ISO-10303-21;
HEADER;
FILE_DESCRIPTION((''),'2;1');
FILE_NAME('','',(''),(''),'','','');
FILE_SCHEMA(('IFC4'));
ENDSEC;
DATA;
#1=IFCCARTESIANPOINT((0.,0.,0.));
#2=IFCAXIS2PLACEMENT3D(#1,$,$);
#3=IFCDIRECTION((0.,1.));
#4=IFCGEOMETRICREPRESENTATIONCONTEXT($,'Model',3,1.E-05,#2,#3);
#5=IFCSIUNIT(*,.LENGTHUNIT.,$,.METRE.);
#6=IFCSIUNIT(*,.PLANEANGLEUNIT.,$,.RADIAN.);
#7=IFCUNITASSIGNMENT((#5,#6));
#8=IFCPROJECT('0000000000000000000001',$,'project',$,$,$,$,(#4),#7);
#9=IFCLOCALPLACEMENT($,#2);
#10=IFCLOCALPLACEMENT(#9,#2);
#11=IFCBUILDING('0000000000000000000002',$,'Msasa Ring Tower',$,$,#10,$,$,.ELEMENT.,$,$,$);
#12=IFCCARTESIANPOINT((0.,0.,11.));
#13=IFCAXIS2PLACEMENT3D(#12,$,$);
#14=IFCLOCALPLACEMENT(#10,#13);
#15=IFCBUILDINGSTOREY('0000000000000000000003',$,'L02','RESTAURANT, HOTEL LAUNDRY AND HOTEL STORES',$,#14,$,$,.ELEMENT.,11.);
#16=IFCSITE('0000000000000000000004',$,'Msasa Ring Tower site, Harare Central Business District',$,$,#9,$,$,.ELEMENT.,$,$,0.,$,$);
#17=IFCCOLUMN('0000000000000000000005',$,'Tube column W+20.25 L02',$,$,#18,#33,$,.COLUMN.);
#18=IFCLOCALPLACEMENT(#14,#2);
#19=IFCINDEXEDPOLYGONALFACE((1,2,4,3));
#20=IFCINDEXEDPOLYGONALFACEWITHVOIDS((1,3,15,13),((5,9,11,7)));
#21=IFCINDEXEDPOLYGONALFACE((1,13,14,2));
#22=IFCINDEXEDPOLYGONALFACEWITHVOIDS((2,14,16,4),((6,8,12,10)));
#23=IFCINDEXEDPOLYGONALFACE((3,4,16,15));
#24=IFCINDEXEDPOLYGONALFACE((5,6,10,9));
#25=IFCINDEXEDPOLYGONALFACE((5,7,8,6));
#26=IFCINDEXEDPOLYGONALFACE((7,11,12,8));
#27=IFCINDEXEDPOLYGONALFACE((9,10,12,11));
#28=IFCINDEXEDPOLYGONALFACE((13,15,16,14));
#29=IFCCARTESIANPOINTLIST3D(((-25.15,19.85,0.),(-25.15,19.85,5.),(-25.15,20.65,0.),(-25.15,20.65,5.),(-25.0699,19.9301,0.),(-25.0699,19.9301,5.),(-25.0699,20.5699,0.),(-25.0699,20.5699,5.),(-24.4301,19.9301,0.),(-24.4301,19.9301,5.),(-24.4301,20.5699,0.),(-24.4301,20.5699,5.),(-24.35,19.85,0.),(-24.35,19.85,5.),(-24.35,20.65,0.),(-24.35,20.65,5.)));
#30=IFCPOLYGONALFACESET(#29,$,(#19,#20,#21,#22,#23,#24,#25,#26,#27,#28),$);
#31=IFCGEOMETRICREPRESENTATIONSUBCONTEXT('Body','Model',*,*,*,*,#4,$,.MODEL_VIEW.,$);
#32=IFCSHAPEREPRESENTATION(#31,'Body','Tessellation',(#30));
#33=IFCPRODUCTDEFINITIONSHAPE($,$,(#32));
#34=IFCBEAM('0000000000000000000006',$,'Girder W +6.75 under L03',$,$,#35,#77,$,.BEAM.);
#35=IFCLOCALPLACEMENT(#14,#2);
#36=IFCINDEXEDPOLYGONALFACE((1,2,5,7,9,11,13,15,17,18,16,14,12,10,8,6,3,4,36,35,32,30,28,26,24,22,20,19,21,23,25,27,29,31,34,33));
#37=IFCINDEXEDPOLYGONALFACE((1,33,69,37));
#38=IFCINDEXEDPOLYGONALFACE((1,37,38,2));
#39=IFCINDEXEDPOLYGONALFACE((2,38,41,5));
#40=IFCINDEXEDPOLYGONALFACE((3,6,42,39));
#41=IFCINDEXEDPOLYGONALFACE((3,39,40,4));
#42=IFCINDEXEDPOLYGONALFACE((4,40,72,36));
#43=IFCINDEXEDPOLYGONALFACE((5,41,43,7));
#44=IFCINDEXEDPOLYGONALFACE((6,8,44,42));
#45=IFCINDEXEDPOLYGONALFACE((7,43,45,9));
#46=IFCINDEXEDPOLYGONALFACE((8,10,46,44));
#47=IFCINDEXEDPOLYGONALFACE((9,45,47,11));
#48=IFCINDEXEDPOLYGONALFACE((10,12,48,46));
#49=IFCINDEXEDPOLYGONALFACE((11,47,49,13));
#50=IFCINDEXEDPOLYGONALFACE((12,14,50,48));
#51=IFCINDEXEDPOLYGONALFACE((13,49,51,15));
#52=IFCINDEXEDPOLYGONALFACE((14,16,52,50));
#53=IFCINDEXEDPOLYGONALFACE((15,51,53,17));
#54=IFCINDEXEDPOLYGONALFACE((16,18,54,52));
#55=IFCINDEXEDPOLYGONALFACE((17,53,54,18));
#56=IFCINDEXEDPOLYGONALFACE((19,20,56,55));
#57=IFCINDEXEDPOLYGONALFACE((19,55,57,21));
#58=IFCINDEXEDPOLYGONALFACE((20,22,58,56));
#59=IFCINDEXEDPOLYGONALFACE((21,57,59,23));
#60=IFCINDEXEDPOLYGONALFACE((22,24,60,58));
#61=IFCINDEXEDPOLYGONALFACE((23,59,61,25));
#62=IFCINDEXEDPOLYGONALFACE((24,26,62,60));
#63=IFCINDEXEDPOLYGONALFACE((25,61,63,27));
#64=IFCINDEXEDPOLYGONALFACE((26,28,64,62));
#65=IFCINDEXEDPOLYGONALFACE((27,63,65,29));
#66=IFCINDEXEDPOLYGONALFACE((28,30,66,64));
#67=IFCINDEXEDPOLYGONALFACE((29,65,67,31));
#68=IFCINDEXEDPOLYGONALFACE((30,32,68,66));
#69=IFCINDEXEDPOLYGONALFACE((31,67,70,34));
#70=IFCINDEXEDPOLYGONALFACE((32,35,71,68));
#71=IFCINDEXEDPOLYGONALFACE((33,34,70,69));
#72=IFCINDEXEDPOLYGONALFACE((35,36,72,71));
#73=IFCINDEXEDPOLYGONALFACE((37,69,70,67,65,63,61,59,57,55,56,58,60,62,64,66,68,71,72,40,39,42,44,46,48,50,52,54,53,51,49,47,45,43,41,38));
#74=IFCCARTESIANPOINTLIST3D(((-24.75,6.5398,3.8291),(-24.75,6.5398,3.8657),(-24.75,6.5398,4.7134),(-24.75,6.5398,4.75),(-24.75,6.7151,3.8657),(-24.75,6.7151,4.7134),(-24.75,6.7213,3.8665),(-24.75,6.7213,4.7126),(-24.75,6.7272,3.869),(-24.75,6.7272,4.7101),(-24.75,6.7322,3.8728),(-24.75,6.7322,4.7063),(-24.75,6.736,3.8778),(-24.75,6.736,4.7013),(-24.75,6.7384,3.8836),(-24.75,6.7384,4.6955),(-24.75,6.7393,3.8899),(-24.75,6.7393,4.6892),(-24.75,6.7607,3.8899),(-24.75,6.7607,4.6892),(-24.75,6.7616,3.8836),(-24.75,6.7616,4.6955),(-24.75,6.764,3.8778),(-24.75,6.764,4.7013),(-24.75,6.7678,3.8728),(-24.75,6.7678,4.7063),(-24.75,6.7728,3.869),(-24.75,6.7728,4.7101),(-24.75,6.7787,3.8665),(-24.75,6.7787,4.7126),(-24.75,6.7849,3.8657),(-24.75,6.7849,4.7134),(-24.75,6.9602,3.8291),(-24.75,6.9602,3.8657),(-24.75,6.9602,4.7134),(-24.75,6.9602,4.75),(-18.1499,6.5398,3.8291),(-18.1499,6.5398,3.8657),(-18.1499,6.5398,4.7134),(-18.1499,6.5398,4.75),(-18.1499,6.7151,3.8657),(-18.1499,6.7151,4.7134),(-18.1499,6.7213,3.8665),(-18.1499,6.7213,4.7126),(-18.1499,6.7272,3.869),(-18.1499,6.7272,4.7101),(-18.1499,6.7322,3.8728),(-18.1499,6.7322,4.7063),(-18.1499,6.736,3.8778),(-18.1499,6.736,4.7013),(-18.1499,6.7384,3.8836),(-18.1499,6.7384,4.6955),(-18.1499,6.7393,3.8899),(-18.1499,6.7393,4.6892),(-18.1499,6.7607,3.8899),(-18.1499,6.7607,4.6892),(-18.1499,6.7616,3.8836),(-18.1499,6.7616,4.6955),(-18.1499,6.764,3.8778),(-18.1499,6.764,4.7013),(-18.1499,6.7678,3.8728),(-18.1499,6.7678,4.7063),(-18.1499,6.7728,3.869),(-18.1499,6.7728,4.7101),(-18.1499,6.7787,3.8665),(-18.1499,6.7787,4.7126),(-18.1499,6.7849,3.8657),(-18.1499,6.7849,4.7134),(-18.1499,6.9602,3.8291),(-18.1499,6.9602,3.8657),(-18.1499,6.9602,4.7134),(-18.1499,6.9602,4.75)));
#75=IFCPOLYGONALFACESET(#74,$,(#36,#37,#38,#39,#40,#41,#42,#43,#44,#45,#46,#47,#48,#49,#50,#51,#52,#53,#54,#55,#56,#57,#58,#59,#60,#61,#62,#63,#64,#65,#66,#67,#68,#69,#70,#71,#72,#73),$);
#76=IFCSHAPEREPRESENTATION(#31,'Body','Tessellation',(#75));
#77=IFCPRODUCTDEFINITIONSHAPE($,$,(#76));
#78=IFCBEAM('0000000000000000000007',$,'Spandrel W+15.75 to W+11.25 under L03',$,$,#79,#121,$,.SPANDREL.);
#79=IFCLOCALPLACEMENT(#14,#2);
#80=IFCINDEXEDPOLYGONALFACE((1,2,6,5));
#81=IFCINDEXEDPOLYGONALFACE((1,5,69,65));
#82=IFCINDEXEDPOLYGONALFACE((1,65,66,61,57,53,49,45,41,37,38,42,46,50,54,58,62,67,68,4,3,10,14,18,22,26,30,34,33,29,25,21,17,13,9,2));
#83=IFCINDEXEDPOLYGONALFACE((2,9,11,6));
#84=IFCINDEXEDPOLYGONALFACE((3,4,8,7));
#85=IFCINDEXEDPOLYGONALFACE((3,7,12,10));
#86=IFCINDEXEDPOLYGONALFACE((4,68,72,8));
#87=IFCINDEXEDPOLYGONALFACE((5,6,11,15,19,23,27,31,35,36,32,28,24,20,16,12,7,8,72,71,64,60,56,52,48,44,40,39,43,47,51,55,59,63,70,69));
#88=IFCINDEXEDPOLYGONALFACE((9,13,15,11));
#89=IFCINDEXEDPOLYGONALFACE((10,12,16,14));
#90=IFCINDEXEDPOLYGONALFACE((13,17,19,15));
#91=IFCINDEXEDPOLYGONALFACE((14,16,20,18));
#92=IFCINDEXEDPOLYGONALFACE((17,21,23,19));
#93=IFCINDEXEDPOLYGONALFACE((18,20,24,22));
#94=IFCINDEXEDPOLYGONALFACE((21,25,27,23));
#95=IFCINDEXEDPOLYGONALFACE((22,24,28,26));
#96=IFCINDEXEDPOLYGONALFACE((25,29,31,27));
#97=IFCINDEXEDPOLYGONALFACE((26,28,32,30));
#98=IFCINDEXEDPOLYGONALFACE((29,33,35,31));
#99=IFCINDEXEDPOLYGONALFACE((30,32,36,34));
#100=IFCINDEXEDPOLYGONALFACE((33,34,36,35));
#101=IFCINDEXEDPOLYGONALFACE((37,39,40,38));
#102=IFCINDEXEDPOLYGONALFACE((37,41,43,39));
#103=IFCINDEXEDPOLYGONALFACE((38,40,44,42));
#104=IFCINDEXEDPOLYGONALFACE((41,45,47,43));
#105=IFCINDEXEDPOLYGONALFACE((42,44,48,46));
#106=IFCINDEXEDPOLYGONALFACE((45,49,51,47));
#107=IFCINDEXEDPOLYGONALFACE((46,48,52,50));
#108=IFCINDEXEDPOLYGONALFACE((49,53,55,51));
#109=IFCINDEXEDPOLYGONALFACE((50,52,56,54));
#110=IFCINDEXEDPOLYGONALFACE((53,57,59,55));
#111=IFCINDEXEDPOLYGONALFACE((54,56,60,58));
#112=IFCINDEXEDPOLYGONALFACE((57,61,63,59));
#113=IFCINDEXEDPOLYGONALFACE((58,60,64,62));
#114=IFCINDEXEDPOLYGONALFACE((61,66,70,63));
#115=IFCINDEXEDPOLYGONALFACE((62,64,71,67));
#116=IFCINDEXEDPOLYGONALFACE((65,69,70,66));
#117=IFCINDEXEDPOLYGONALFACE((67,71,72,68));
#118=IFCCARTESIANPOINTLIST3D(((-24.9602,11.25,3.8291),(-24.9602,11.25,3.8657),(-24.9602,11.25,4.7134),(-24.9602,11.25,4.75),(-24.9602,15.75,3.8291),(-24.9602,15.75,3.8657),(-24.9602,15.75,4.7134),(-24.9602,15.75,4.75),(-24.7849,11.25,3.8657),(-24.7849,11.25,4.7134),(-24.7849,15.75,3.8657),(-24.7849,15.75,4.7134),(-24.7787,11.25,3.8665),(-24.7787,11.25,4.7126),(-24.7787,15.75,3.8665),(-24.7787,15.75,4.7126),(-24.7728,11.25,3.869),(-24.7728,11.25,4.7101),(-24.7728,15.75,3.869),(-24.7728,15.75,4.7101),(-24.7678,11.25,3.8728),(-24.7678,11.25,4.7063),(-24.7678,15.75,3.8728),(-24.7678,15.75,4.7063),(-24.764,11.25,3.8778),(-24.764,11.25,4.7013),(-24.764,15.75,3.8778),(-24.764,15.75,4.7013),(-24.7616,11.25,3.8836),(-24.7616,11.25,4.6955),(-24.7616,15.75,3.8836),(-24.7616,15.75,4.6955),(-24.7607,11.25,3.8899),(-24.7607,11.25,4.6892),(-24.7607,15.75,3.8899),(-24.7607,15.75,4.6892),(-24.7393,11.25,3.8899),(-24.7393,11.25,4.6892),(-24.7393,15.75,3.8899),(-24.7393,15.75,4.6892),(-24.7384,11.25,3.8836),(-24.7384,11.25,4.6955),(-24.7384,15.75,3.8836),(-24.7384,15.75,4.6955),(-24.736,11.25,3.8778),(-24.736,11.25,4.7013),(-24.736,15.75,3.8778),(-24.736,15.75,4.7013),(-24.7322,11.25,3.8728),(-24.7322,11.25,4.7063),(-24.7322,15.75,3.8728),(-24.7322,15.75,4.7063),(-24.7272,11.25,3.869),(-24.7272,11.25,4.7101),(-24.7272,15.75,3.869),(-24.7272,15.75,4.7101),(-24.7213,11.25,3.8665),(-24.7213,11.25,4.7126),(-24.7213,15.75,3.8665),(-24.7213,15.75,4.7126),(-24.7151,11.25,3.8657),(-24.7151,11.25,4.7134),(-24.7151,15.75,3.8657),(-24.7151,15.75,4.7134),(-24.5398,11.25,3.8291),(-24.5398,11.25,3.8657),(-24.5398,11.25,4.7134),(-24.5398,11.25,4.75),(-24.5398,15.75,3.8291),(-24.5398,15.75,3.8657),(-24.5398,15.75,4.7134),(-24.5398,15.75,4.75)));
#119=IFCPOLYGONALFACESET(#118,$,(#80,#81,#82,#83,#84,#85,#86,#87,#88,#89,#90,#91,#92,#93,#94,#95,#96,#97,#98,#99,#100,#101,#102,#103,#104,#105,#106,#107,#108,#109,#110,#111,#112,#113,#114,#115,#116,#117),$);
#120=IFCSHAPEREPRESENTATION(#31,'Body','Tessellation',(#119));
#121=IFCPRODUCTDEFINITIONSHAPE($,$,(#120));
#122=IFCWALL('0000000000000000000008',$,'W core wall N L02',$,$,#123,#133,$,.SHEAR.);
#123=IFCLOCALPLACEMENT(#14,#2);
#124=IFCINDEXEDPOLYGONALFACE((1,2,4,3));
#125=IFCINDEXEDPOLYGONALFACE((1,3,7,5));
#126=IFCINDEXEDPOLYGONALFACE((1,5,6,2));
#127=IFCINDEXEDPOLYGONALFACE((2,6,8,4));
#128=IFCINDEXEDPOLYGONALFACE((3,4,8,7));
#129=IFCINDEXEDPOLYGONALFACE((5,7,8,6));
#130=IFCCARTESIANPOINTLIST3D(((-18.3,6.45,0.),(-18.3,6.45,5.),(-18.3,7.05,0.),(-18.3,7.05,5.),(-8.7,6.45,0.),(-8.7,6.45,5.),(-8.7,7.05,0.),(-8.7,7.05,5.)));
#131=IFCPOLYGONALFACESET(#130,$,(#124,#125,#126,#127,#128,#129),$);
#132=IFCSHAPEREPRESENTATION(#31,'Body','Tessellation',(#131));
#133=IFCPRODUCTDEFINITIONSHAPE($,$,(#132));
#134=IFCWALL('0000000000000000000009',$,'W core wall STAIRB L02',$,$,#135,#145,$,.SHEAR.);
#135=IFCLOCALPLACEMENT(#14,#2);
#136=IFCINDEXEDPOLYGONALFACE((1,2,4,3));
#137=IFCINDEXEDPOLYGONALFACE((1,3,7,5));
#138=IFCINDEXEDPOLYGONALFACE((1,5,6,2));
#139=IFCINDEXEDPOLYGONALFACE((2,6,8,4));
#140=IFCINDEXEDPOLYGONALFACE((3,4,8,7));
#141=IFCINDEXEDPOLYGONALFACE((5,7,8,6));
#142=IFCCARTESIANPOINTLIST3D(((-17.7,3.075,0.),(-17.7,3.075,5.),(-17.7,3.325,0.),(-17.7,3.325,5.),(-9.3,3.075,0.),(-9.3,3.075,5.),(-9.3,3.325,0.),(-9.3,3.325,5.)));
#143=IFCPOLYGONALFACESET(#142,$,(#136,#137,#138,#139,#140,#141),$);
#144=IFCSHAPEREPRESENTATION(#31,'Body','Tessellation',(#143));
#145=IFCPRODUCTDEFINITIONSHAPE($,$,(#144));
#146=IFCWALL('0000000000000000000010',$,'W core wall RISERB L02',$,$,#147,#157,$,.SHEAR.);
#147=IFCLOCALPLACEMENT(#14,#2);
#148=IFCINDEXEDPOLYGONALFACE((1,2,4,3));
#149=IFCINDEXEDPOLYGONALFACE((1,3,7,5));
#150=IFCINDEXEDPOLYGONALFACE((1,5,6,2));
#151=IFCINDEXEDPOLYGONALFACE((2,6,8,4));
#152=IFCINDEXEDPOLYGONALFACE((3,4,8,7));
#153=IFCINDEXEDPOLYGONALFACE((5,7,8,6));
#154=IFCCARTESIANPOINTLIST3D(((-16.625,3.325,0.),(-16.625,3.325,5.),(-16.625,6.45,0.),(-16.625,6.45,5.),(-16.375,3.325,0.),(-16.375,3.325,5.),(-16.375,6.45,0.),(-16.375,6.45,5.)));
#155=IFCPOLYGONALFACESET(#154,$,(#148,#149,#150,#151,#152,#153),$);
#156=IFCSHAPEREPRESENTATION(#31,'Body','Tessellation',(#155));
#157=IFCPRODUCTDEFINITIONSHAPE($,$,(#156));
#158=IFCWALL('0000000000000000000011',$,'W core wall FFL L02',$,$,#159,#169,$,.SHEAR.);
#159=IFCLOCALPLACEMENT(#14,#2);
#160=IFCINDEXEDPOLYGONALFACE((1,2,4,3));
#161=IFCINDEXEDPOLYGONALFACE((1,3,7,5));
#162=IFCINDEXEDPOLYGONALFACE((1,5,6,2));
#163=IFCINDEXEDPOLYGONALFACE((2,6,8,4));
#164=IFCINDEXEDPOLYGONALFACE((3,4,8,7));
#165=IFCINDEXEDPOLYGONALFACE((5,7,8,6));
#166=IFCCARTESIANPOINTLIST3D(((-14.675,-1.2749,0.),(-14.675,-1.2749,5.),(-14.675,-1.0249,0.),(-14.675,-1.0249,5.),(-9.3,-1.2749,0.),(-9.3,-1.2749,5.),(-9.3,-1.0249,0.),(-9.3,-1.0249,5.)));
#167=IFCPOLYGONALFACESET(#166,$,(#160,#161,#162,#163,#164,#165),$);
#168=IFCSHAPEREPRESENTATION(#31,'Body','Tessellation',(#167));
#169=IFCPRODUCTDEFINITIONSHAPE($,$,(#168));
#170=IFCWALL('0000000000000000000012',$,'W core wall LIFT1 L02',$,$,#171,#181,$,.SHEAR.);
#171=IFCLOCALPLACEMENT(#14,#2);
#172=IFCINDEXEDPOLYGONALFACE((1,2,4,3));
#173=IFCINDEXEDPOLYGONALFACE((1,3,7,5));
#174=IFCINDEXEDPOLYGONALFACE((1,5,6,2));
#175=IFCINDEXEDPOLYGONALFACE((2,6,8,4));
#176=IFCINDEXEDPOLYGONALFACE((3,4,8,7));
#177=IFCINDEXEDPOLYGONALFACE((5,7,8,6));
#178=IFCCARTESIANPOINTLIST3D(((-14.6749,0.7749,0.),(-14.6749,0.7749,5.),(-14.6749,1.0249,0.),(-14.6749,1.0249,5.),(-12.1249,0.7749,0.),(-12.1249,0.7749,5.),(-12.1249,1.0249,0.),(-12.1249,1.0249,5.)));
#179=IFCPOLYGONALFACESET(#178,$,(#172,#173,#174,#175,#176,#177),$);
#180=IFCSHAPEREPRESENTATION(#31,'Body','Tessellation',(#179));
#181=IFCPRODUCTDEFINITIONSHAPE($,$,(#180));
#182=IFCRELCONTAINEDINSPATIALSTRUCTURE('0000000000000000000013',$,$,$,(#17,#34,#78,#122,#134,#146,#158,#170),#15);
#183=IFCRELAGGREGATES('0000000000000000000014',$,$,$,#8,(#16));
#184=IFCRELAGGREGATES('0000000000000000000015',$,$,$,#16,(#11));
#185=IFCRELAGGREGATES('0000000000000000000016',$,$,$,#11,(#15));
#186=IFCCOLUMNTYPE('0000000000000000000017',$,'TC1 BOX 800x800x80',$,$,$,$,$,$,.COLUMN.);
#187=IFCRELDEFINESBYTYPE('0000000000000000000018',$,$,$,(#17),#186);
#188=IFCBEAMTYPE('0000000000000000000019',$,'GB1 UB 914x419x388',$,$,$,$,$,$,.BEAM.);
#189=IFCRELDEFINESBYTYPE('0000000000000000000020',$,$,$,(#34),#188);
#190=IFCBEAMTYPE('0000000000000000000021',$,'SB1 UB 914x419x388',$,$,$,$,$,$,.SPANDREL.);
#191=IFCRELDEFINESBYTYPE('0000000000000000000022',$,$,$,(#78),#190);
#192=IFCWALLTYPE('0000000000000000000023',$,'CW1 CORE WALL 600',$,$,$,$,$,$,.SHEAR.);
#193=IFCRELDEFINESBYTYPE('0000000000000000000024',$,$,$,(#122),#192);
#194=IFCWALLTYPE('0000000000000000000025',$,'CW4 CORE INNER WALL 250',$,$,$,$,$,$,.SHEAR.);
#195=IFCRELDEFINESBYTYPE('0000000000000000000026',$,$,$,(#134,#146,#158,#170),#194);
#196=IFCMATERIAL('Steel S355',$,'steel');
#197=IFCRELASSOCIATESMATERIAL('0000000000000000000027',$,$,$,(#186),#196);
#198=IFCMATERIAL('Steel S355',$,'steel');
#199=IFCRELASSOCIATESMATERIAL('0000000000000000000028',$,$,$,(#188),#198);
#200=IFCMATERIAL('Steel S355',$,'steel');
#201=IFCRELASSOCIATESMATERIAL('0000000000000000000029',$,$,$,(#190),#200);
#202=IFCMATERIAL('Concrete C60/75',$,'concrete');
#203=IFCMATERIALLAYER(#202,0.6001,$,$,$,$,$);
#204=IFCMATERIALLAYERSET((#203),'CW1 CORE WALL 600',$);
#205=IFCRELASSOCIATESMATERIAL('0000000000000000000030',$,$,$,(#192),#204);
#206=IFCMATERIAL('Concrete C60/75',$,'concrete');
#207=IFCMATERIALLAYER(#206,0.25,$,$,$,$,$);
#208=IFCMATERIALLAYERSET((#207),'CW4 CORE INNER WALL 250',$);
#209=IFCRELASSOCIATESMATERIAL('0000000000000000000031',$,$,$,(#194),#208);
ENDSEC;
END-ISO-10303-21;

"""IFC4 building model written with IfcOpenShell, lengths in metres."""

from ifc_helpers import new_model, si_unit, direction, frame, frame_2d, origin, origin_2d, place, context, subcontext, project, spatial, rectangle, hollow_rectangle, i_section, extrude, material, layer, layer_set, material_profile, profile_set, type_object, element, save


model = new_model("IFC4")

# Units and contexts
model_context = context("Model", 3, precision=1e-05, world=origin(), true_north=direction((0.0, 1.0)))
body_context = subcontext(model_context, "Body", "Model", "MODEL_VIEW")
ifc_project = project(units=[si_unit("LENGTHUNIT", "METRE"), si_unit("PLANEANGLEUNIT", "RADIAN")], contexts=[model_context])

# Site, building, storey
site_placement = place(None, origin())
site = spatial("IfcSite", under=ifc_project, at=site_placement, Name="Msasa Ring Tower site, Harare Central Business District", CompositionType="ELEMENT", RefElevation=0.0)
building_placement = place(site_placement, origin())
building = spatial("IfcBuilding", under=site, at=building_placement, Name="Msasa Ring Tower", CompositionType="ELEMENT")
storey_placement = place(building_placement, frame((0.0, 0.0, 11.0)))
storey = spatial("IfcBuildingStorey", under=building, at=storey_placement, Name="L02", Description="RESTAURANT, HOTEL LAUNDRY AND HOTEL STORES", CompositionType="ELEMENT", Elevation=11.0)

# Column
ifc_material_1 = material(Name="Steel S355", Category="steel")
ifc_material_profile_1 = material_profile(ifc_material_1, hollow_rectangle(XDim=0.8, YDim=0.8, WallThickness=0.0801, at=origin_2d()), Name="BOX 800x800x80")
ifc_profile_set_1 = profile_set([ifc_material_profile_1], Name="Steel S355")
column_type = type_object("IfcColumnType", Name="TC1 BOX 800x800x80", PredefinedType="COLUMN", material=ifc_profile_set_1)
column_placement = place(storey_placement, frame((-24.75, 20.25, 0.0), z_axis=(0.0, 0.0, 1.0), x_axis=(1.0, 0.0, 0.0)))
element("IfcColumn", 1, at=column_placement, inside=storey, type_object=column_type, Name="Tube column W+20.25 L02", PredefinedType="COLUMN", context=body_context, shape_type="SweptSolid", body=[
    extrude(hollow_rectangle(XDim=0.8, YDim=0.8, WallThickness=0.0801, at=origin_2d()), origin(), (0.0, 0.0, 1.0), 5.0),
])

# Beams
ifc_material_2 = material(Name="Steel S355", Category="steel")
ifc_material_profile_2 = material_profile(ifc_material_2, i_section(OverallWidth=0.4204, OverallDepth=0.9209, WebThickness=0.0215, FlangeThickness=0.0366, FilletRadius=0.0242, at=origin_2d()), Name="UB 914x419x388")
ifc_profile_set_2 = profile_set([ifc_material_profile_2], Name="Steel S355")
beam_type_1 = type_object("IfcBeamType", Name="GB1 UB 914x419x388", PredefinedType="BEAM", material=ifc_profile_set_2)
beam_1_placement = place(storey_placement, frame((-18.1499, 6.75, 4.2896), z_axis=(-1.0, 0.0, 0.0), x_axis=(0.0, -1.0, 0.0)))
element("IfcBeam", 2, at=beam_1_placement, inside=storey, type_object=beam_type_1, Name="Girder W +6.75 under L03", PredefinedType="BEAM", context=body_context, shape_type="SweptSolid", body=[
    extrude(i_section(OverallWidth=0.4204, OverallDepth=0.9209, WebThickness=0.0215, FlangeThickness=0.0366, FilletRadius=0.0242, at=origin_2d()), origin(), (0.0, 0.0, 1.0), 6.6001),
])
ifc_material_3 = material(Name="Steel S355", Category="steel")
ifc_material_profile_3 = material_profile(ifc_material_3, i_section(OverallWidth=0.4204, OverallDepth=0.9209, WebThickness=0.0215, FlangeThickness=0.0366, FilletRadius=0.0242, at=origin_2d()), Name="UB 914x419x388")
ifc_profile_set_3 = profile_set([ifc_material_profile_3], Name="Steel S355")
beam_type_2 = type_object("IfcBeamType", Name="SB1 UB 914x419x388", PredefinedType="SPANDREL", material=ifc_profile_set_3)
beam_2_placement = place(storey_placement, frame((-24.75, 15.75, 4.2896), z_axis=(0.0, -1.0, 0.0), x_axis=(1.0, 0.0, 0.0)))
element("IfcBeam", 3, at=beam_2_placement, inside=storey, type_object=beam_type_2, Name="Spandrel W+15.75 to W+11.25 under L03", PredefinedType="SPANDREL", context=body_context, shape_type="SweptSolid", body=[
    extrude(i_section(OverallWidth=0.4204, OverallDepth=0.9209, WebThickness=0.0215, FlangeThickness=0.0366, FilletRadius=0.0242, at=origin_2d()), origin(), (0.0, 0.0, 1.0), 4.5),
])

# Walls
ifc_material_4 = material(Name="Concrete C60/75", Category="concrete")
ifc_layer_1 = layer(ifc_material_4, 0.6001)
ifc_layer_set_1 = layer_set([ifc_layer_1], Name="CW1 CORE WALL 600")
wall_type_1 = type_object("IfcWallType", Name="CW1 CORE WALL 600", PredefinedType="SHEAR", material=ifc_layer_set_1)
wall_1_placement = place(storey_placement, frame((-8.7, 6.75, 0.0), z_axis=(0.0, 0.0, 1.0), x_axis=(-1.0, 0.0, 0.0)))
element("IfcWall", 4, at=wall_1_placement, inside=storey, type_object=wall_type_1, Name="W core wall N L02", PredefinedType="SHEAR", context=body_context, shape_type="SweptSolid", body=[
    extrude(rectangle(XDim=9.6001, YDim=0.6001, at=frame_2d((4.8, 0.0))), origin(), (0.0, 0.0, 1.0), 5.0),
])
ifc_material_5 = material(Name="Concrete C60/75", Category="concrete")
ifc_layer_2 = layer(ifc_material_5, 0.25)
ifc_layer_set_2 = layer_set([ifc_layer_2], Name="CW4 CORE INNER WALL 250")
wall_type_2 = type_object("IfcWallType", Name="CW4 CORE INNER WALL 250", PredefinedType="SHEAR", material=ifc_layer_set_2)
wall_2_placement = place(storey_placement, frame((-9.3, 3.2, 0.0), z_axis=(0.0, 0.0, 1.0), x_axis=(-1.0, 0.0, 0.0)))
element("IfcWall", 5, at=wall_2_placement, inside=storey, type_object=wall_type_2, Name="W core wall STAIRB L02", PredefinedType="SHEAR", context=body_context, shape_type="SweptSolid", body=[
    extrude(rectangle(XDim=8.3999, YDim=0.25, at=frame_2d((4.2, 0.0))), origin(), (0.0, 0.0, 1.0), 5.0),
])
wall_3_placement = place(storey_placement, frame((-16.5, 3.325, 0.0), z_axis=(0.0, 0.0, 1.0), x_axis=(0.0, 1.0, 0.0)))
element("IfcWall", 6, at=wall_3_placement, inside=storey, type_object=wall_type_2, Name="W core wall RISERB L02", PredefinedType="SHEAR", context=body_context, shape_type="SweptSolid", body=[
    extrude(rectangle(XDim=3.125, YDim=0.25, at=frame_2d((1.5625, 0.0))), origin(), (0.0, 0.0, 1.0), 5.0),
])
wall_4_placement = place(storey_placement, frame((-9.3, -1.1499, 0.0), z_axis=(0.0, 0.0, 1.0), x_axis=(-1.0, 0.0, 0.0)))
element("IfcWall", 7, at=wall_4_placement, inside=storey, type_object=wall_type_2, Name="W core wall FFL L02", PredefinedType="SHEAR", context=body_context, shape_type="SweptSolid", body=[
    extrude(rectangle(XDim=5.375, YDim=0.25, at=frame_2d((2.6875, 0.0))), origin(), (0.0, 0.0, 1.0), 5.0),
])
wall_5_placement = place(storey_placement, frame((-12.125, 0.8999, 0.0), z_axis=(0.0, 0.0, 1.0), x_axis=(-1.0, 0.0, 0.0)))
element("IfcWall", 8, at=wall_5_placement, inside=storey, type_object=wall_type_2, Name="W core wall LIFT1 L02", PredefinedType="SHEAR", context=body_context, shape_type="SweptSolid", body=[
    extrude(rectangle(XDim=2.55, YDim=0.25, at=frame_2d((1.2749, 0.0))), origin(), (0.0, 0.0, 1.0), 5.0),
])

save(model, "model.ifc")
